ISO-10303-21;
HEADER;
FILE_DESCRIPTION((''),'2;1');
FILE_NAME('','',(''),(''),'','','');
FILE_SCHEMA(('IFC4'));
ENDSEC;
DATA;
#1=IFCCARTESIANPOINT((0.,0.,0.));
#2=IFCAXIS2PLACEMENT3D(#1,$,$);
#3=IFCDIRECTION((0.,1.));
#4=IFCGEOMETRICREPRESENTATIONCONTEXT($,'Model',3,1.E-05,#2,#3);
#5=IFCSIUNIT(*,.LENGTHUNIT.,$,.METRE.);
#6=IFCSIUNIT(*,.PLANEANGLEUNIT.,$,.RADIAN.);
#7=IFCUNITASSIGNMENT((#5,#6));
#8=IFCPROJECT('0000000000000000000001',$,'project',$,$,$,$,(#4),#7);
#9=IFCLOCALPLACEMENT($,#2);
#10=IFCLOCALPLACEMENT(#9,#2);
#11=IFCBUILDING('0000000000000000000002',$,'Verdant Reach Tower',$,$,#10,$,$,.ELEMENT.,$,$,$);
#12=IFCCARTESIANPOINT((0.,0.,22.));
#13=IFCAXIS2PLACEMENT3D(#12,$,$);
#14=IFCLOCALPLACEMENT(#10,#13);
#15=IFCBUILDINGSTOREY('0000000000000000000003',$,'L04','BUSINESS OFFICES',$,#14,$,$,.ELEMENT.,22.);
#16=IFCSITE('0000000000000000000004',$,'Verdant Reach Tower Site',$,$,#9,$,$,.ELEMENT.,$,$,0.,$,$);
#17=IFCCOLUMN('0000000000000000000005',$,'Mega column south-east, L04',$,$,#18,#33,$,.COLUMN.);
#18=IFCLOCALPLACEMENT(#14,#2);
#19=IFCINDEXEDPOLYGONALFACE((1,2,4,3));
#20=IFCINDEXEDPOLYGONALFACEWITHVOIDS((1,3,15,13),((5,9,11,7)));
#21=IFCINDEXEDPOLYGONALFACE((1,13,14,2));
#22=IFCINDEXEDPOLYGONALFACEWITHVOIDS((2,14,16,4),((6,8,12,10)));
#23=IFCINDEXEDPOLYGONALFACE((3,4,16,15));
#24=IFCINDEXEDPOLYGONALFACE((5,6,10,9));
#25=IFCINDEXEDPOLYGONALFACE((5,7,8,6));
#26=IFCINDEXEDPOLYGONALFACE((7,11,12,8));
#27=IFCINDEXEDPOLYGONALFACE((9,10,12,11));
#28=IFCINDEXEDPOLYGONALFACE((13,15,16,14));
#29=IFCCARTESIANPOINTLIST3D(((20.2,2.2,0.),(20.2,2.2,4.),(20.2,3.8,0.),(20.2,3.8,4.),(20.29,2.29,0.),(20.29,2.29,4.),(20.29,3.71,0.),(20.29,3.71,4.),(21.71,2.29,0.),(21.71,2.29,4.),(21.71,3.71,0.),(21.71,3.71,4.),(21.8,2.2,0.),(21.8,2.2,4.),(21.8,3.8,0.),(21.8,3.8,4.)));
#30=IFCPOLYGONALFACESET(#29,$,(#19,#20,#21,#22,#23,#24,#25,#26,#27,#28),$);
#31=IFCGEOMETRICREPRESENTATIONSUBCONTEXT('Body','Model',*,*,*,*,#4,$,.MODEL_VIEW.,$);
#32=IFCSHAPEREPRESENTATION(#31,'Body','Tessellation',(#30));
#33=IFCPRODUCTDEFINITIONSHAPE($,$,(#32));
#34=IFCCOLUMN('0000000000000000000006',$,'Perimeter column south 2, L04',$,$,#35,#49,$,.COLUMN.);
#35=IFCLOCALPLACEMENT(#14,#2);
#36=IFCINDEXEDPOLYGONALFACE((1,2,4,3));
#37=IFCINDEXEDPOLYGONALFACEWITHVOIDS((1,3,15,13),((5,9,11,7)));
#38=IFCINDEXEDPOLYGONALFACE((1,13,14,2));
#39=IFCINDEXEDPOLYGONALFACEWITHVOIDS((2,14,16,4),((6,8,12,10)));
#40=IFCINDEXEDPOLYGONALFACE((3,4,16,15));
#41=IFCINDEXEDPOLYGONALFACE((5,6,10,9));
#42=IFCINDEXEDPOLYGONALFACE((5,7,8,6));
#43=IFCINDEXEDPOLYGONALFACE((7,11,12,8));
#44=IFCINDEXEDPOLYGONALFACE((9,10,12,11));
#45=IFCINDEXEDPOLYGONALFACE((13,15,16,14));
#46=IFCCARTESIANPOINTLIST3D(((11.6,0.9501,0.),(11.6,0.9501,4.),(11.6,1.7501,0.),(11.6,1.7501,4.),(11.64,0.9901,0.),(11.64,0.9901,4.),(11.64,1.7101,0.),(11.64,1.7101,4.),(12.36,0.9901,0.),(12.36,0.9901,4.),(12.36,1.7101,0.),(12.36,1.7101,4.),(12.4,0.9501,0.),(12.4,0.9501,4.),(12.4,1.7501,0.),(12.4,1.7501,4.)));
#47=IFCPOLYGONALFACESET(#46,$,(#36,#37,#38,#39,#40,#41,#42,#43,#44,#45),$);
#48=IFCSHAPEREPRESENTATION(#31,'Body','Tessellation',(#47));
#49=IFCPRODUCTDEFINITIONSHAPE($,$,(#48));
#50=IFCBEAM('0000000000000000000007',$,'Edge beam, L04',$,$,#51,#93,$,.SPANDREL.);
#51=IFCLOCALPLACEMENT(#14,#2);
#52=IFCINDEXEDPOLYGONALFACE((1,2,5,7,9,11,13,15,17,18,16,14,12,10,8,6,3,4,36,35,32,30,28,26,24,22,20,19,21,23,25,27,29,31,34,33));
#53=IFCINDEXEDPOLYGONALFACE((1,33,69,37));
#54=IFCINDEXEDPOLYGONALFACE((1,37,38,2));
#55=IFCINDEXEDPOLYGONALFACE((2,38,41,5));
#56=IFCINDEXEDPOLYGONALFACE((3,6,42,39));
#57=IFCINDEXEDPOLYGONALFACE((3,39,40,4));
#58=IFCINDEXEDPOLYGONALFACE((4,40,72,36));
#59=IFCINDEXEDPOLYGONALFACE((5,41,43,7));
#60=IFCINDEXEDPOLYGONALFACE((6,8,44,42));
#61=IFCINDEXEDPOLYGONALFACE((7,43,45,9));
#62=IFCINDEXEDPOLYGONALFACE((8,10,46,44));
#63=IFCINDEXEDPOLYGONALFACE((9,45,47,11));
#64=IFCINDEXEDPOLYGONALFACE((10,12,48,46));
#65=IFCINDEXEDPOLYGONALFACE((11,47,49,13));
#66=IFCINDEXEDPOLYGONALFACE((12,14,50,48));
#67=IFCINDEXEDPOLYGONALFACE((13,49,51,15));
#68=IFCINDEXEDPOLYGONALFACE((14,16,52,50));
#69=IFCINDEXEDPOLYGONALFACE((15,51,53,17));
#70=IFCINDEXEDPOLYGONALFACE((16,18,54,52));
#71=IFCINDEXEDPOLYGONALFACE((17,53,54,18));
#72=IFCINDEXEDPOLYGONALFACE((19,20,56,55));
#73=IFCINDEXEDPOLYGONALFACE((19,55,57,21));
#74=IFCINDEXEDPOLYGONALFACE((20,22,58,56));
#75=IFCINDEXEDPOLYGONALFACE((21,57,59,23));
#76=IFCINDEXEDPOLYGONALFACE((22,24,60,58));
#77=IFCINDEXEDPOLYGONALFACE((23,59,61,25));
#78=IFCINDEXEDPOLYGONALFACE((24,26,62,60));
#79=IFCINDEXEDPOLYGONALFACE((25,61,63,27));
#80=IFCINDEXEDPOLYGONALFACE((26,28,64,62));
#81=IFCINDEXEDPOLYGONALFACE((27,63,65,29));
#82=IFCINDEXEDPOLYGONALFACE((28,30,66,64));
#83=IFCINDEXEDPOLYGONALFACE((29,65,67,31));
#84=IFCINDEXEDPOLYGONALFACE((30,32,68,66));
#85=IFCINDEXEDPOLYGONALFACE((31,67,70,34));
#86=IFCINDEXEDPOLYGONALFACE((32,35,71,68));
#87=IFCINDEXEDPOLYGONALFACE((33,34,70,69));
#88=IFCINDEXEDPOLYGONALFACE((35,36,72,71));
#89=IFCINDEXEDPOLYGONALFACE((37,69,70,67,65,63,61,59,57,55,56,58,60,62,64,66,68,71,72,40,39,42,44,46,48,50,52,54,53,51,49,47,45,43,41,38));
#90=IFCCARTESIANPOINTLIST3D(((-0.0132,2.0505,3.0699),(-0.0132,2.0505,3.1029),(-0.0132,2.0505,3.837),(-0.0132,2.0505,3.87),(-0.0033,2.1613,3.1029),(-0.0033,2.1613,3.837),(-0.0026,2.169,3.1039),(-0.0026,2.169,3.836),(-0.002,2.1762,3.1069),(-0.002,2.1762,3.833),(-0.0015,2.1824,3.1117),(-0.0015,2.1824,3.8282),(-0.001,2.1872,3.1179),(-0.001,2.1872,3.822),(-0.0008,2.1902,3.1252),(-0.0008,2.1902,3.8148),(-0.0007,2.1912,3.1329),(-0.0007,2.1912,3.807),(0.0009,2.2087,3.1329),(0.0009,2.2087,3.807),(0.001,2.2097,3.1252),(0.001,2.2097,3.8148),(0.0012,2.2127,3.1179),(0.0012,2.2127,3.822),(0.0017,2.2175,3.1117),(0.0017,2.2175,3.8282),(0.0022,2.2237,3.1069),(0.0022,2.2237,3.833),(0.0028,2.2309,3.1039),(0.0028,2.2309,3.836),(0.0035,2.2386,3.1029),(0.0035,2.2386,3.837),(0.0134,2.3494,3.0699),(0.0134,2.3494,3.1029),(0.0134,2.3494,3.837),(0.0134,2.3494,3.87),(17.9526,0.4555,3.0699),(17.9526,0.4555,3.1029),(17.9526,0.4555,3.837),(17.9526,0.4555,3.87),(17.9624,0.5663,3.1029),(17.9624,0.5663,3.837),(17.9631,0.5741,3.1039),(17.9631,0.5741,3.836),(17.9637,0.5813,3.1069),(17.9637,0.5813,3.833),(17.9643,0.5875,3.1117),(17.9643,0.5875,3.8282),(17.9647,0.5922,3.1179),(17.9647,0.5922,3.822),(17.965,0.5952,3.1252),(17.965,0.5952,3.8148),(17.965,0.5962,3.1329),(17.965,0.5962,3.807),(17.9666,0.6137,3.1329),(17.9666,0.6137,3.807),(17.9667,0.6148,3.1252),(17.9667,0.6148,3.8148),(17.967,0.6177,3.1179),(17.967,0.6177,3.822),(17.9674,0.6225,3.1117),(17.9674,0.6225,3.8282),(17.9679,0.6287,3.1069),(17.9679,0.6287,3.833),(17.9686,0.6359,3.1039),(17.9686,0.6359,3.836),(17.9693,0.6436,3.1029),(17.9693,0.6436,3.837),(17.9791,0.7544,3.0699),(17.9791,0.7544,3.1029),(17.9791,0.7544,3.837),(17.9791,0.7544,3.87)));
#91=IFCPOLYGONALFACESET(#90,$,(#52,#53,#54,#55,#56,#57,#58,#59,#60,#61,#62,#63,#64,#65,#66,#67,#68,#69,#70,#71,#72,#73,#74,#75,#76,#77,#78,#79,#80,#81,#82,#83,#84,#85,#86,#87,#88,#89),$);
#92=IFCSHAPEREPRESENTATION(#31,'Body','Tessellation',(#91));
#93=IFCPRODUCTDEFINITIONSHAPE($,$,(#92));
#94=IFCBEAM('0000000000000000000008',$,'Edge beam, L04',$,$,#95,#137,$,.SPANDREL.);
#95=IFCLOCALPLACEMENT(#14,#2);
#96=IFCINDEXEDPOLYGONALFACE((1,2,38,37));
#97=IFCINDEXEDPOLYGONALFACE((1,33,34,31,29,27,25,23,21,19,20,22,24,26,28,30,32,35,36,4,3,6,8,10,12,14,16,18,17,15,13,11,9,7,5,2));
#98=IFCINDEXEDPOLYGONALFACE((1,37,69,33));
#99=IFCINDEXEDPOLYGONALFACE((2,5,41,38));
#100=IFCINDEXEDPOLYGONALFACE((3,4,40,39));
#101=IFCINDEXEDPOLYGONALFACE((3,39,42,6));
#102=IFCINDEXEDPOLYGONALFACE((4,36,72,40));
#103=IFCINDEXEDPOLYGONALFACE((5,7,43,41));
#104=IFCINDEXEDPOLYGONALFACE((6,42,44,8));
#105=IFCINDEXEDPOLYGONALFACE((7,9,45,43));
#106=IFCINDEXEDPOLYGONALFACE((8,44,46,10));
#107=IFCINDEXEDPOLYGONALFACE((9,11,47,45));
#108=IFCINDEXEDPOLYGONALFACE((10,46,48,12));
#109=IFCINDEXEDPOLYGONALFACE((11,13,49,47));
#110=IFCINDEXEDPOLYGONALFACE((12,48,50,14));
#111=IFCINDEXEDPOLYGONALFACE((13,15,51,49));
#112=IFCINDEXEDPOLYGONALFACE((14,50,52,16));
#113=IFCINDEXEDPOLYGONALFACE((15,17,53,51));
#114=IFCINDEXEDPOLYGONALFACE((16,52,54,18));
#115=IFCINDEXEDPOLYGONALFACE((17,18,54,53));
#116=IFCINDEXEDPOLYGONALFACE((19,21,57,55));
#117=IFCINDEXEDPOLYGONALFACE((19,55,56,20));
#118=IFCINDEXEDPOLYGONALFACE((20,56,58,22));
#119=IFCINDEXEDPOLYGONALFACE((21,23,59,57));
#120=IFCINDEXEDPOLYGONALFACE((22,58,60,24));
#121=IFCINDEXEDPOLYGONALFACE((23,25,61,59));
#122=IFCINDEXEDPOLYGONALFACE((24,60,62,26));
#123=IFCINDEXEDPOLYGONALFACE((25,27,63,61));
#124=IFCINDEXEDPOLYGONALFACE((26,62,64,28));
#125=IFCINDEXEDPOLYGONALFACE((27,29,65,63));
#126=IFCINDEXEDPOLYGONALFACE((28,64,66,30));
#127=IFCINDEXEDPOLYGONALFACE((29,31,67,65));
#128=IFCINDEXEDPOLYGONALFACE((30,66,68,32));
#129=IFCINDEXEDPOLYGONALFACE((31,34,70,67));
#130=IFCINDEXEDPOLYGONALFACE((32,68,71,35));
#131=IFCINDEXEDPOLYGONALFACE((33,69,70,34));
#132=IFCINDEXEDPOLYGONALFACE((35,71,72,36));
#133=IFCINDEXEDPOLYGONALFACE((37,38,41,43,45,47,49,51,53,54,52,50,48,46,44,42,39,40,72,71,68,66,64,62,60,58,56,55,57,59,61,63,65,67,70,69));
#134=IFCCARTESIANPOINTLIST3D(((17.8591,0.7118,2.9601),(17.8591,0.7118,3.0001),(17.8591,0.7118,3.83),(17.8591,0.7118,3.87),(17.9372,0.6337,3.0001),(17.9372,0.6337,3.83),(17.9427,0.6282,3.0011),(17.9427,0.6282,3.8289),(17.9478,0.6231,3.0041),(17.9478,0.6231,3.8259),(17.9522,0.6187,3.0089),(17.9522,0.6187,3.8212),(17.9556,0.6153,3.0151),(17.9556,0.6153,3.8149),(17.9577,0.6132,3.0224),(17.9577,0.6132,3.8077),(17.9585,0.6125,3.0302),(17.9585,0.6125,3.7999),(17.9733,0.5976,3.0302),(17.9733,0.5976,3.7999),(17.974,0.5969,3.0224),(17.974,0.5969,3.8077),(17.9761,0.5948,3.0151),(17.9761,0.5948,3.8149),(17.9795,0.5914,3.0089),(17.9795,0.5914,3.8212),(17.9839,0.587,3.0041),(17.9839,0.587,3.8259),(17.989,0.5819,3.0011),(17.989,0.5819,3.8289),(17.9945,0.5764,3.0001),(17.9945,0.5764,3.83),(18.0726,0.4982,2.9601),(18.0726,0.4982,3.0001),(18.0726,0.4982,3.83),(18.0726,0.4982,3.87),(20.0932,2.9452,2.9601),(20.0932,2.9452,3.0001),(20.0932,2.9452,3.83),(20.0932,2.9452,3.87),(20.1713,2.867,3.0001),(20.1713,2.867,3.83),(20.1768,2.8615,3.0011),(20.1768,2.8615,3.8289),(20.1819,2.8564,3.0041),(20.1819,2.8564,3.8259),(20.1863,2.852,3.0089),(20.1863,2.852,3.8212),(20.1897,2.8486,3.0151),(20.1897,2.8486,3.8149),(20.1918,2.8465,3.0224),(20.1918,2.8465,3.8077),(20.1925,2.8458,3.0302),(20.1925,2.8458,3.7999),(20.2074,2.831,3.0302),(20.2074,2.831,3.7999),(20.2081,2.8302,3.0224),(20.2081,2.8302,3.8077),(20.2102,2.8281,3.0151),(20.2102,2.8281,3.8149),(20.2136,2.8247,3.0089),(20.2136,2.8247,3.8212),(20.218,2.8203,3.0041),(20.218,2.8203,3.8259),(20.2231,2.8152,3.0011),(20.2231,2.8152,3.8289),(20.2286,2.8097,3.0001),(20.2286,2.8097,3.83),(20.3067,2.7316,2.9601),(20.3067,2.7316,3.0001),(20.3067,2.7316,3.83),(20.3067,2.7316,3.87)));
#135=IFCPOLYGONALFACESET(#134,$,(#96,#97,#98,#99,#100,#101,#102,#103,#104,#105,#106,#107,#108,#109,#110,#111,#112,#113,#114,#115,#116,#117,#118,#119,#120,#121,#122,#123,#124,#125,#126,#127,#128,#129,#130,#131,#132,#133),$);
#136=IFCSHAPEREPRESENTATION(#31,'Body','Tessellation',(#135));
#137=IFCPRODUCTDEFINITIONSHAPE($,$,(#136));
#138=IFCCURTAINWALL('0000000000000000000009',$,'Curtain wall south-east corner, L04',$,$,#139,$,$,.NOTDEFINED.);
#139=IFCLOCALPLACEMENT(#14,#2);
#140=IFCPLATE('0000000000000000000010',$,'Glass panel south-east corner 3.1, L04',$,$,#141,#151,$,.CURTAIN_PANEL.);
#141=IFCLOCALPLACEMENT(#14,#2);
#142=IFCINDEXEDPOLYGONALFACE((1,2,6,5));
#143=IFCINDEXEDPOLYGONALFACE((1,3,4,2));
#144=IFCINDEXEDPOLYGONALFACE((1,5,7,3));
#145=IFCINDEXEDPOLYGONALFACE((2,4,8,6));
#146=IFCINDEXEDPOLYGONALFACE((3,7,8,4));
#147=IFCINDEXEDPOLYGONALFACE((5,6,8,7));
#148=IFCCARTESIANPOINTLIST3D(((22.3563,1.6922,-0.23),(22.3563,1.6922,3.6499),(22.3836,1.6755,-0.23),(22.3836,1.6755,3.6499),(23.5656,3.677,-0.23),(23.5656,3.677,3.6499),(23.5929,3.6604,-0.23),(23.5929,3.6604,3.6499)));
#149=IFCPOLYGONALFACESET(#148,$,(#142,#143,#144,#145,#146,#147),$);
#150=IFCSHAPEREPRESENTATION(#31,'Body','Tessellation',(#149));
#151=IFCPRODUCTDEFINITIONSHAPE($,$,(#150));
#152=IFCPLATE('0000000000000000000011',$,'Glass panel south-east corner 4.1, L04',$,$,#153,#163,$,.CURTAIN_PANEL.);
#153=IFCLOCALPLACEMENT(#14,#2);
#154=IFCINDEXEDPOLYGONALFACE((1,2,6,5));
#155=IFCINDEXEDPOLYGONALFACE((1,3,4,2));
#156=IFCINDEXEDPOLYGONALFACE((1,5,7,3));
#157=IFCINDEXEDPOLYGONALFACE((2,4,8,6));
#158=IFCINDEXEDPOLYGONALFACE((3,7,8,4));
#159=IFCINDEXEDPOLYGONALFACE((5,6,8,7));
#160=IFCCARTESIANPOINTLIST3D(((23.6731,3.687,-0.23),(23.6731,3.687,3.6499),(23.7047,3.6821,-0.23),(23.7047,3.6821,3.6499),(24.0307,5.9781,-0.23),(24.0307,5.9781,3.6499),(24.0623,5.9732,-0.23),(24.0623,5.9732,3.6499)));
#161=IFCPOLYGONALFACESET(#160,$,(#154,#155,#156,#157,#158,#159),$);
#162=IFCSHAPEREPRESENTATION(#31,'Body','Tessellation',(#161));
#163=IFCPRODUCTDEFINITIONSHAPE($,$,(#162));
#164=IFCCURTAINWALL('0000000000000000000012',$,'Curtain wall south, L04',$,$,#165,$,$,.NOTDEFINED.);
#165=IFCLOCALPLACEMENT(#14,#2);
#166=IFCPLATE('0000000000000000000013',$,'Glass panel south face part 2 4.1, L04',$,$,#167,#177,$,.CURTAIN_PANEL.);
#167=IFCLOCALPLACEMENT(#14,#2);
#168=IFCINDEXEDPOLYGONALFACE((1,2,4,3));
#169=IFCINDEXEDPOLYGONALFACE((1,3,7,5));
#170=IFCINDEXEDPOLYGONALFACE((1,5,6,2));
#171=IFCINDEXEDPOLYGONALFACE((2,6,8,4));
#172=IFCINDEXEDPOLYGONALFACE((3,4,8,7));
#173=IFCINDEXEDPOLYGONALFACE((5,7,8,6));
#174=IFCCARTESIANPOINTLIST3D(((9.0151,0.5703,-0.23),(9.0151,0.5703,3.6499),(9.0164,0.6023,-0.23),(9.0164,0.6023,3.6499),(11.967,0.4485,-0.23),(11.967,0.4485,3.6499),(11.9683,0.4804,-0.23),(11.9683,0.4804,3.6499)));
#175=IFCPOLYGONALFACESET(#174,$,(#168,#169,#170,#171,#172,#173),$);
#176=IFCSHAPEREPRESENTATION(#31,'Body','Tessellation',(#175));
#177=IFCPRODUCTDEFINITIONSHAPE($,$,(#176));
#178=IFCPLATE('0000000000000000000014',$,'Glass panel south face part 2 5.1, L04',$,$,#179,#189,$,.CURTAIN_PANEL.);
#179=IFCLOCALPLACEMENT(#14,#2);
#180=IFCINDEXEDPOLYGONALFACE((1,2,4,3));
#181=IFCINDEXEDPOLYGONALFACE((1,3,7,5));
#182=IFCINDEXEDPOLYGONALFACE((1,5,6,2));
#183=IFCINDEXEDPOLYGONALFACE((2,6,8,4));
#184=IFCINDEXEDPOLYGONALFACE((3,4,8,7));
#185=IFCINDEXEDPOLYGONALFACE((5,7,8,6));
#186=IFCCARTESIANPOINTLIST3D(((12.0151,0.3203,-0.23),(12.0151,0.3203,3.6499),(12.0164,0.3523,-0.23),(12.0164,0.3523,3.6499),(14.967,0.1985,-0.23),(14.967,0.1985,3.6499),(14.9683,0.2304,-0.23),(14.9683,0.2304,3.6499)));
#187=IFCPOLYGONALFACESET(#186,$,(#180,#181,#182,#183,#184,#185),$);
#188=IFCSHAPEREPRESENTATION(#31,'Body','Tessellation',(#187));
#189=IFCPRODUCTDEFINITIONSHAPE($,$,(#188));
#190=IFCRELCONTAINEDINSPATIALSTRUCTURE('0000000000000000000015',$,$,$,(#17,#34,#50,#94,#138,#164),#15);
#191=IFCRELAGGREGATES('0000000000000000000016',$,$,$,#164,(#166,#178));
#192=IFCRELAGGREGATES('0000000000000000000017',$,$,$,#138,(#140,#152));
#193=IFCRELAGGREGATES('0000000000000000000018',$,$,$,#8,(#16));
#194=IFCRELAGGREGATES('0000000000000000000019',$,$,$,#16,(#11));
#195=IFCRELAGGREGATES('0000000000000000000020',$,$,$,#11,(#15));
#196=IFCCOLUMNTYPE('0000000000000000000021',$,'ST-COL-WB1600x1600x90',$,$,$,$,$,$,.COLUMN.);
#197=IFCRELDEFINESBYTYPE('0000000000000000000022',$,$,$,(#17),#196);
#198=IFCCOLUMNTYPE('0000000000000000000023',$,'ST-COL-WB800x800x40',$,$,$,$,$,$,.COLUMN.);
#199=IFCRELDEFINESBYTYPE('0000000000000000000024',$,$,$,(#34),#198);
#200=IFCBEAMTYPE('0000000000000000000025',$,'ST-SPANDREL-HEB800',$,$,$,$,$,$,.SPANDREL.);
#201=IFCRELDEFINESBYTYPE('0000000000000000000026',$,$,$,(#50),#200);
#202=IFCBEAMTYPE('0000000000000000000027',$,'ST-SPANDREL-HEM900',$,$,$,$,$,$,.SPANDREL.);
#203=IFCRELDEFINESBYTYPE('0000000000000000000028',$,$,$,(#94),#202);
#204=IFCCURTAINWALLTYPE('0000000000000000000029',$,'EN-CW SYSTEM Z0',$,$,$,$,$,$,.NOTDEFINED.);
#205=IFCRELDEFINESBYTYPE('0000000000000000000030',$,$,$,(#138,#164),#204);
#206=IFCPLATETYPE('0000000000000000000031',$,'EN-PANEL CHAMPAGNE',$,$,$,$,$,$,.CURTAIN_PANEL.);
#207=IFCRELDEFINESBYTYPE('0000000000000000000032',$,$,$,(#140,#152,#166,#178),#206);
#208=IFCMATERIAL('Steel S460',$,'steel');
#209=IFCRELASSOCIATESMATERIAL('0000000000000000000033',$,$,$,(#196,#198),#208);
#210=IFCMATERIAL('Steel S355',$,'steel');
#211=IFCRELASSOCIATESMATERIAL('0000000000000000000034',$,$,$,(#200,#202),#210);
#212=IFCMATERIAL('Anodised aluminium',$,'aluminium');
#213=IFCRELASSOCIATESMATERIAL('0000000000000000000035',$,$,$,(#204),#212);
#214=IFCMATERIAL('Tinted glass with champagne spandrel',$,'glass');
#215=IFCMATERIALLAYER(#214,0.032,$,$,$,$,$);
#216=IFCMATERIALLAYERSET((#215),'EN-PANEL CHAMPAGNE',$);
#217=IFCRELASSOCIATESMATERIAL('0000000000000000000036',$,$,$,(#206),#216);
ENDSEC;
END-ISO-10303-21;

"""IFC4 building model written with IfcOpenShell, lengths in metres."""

from ifc_helpers import new_model, si_unit, direction, frame, origin, origin_2d, place, context, subcontext, project, spatial, rectangle, hollow_rectangle, i_section, extrude, material, layer, layer_set, material_profile, profile_set, type_object, element, aggregate, save


model = new_model("IFC4")

# Units and contexts
model_context = context("Model", 3, precision=1e-05, world=origin(), true_north=direction((0.0, 1.0)))
body_context = subcontext(model_context, "Body", "Model", "MODEL_VIEW")
ifc_project = project(units=[si_unit("LENGTHUNIT", "METRE"), si_unit("PLANEANGLEUNIT", "RADIAN")], contexts=[model_context])

# Site, building, storey
site_placement = place(None, origin())
site = spatial("IfcSite", under=ifc_project, at=site_placement, Name="Verdant Reach Tower Site", CompositionType="ELEMENT", RefElevation=0.0)
building_placement = place(site_placement, origin())
building = spatial("IfcBuilding", under=site, at=building_placement, Name="Verdant Reach Tower", CompositionType="ELEMENT")
storey_placement = place(building_placement, frame((0.0, 0.0, 22.0)))
storey = spatial("IfcBuildingStorey", under=building, at=storey_placement, Name="L04", Description="BUSINESS OFFICES", CompositionType="ELEMENT", Elevation=22.0)

# Columns
ifc_material_1 = material(Name="Steel S460", Category="steel")
ifc_material_profile_1 = material_profile(ifc_material_1, hollow_rectangle(XDim=1.6001, YDim=1.6001, WallThickness=0.0901, at=origin_2d()), Name="WB 1600x1600x90")
ifc_profile_set_1 = profile_set([ifc_material_profile_1], Name="Steel S460")
column_type_1 = type_object("IfcColumnType", Name="ST-COL-WB1600x1600x90", PredefinedType="COLUMN", material=ifc_profile_set_1)
column_1_placement = place(storey_placement, frame((21.0, 3.0, 0.0), z_axis=(0.0, 0.0, 1.0), x_axis=(1.0, 0.0, 0.0)))
element("IfcColumn", 1, at=column_1_placement, inside=storey, type_object=column_type_1, Name="Mega column south-east, L04", PredefinedType="COLUMN", context=body_context, shape_type="SweptSolid", body=[
    extrude(hollow_rectangle(XDim=1.6001, YDim=1.6001, WallThickness=0.0901, at=origin_2d()), origin(), (0.0, 0.0, 1.0), 4.0),
])
ifc_material_profile_2 = material_profile(ifc_material_1, hollow_rectangle(XDim=0.8, YDim=0.8, WallThickness=0.04, at=origin_2d()), Name="WB 800x800x40")
ifc_profile_set_2 = profile_set([ifc_material_profile_2], Name="Steel S460")
column_type_2 = type_object("IfcColumnType", Name="ST-COL-WB800x800x40", PredefinedType="COLUMN", material=ifc_profile_set_2)
column_2_placement = place(storey_placement, frame((12.0, 1.3501, 0.0), z_axis=(0.0, 0.0, 1.0), x_axis=(1.0, 0.0, 0.0)))
element("IfcColumn", 2, at=column_2_placement, inside=storey, type_object=column_type_2, Name="Perimeter column south 2, L04", PredefinedType="COLUMN", context=body_context, shape_type="SweptSolid", body=[
    extrude(hollow_rectangle(XDim=0.8, YDim=0.8, WallThickness=0.04, at=origin_2d()), origin(), (0.0, 0.0, 1.0), 4.0),
])

# Beams
ifc_material_2 = material(Name="Steel S355", Category="steel")
ifc_material_profile_3 = material_profile(ifc_material_2, i_section(OverallWidth=0.3, OverallDepth=0.8, WebThickness=0.0176, FlangeThickness=0.033, FilletRadius=0.03, at=origin_2d()), Name="HEB 800")
ifc_profile_set_3 = profile_set([ifc_material_profile_3], Name="Steel S355")
beam_type_1 = type_object("IfcBeamType", Name="ST-SPANDREL-HEB800", PredefinedType="SPANDREL", material=ifc_profile_set_3)
beam_1_placement = place(storey_placement, frame((17.9658, 0.605, 3.47), z_axis=(-0.996082, 0.08843, 0.0), x_axis=(-0.08843, -0.996082, 0.0)))
element("IfcBeam", 3, at=beam_1_placement, inside=storey, type_object=beam_type_1, Name="Edge beam, L04", PredefinedType="SPANDREL", context=body_context, shape_type="SweptSolid", body=[
    extrude(i_section(OverallWidth=0.3, OverallDepth=0.8, WebThickness=0.0176, FlangeThickness=0.033, FilletRadius=0.03, at=origin_2d()), origin(), (0.0, 0.0, 1.0), 18.0364),
])
ifc_material_profile_4 = material_profile(ifc_material_2, i_section(OverallWidth=0.302, OverallDepth=0.9099, WebThickness=0.021, FlangeThickness=0.04, FilletRadius=0.03, at=origin_2d()), Name="HEM 900")
ifc_profile_set_4 = profile_set([ifc_material_profile_4], Name="Steel S355")
beam_type_2 = type_object("IfcBeamType", Name="ST-SPANDREL-HEM900", PredefinedType="SPANDREL", material=ifc_profile_set_4)
beam_2_placement = place(storey_placement, frame((20.2, 2.8384, 3.415), z_axis=(-0.707223, -0.706991, 0.0), x_axis=(0.706991, -0.707223, 0.0)))
element("IfcBeam", 4, at=beam_2_placement, inside=storey, type_object=beam_type_2, Name="Edge beam, L04", PredefinedType="SPANDREL", context=body_context, shape_type="SweptSolid", body=[
    extrude(i_section(OverallWidth=0.302, OverallDepth=0.9099, WebThickness=0.021, FlangeThickness=0.04, FilletRadius=0.03, at=origin_2d()), origin(), (0.0, 0.0, 1.0), 3.1589),
])

# Curtain walls, plates
ifc_material_3 = material(Name="Anodised aluminium", Category="aluminium")
curtain_wall_type = type_object("IfcCurtainWallType", Name="EN-CW SYSTEM Z0", PredefinedType="NOTDEFINED", material=ifc_material_3)
curtain_wall_1_placement = place(storey_placement, origin())
curtain_wall_1 = element("IfcCurtainWall", 5, at=curtain_wall_1_placement, inside=storey, type_object=curtain_wall_type, Name="Curtain wall south-east corner, L04", PredefinedType="NOTDEFINED")
ifc_material_4 = material(Name="Tinted glass with champagne spandrel", Category="glass")
ifc_layer_1 = layer(ifc_material_4, 0.032)
ifc_layer_set_1 = layer_set([ifc_layer_1], Name="EN-PANEL CHAMPAGNE")
plate_type_1 = type_object("IfcPlateType", Name="EN-PANEL CHAMPAGNE", PredefinedType="CURTAIN_PANEL", material=ifc_layer_set_1)
plate_1_placement = place(storey_placement, frame((22.9746, 2.6763, -0.23), z_axis=(0.0, 0.0, 1.0), x_axis=(0.520292, 0.853989, 0.0)))
plate_1 = element("IfcPlate", 6, at=plate_1_placement, type_object=plate_type_1, Name="Glass panel south-east corner 3.1, L04", PredefinedType="CURTAIN_PANEL", context=body_context, shape_type="SweptSolid", body=[
    extrude(rectangle(XDim=2.3242, YDim=0.032, at=origin_2d()), origin(), (0.0, 0.0, 1.0), 3.8799),
])
plate_2_placement = place(storey_placement, frame((23.8677, 4.8301, -0.23), z_axis=(0.0, 0.0, 1.0), x_axis=(0.154211, 0.988038, 0.0)))
plate_2 = element("IfcPlate", 7, at=plate_2_placement, type_object=plate_type_1, Name="Glass panel south-east corner 4.1, L04", PredefinedType="CURTAIN_PANEL", context=body_context, shape_type="SweptSolid", body=[
    extrude(rectangle(XDim=2.3188, YDim=0.032, at=origin_2d()), origin(), (0.0, 0.0, 1.0), 3.8799),
])
curtain_wall_2_placement = place(storey_placement, origin())
curtain_wall_2 = element("IfcCurtainWall", 8, at=curtain_wall_2_placement, inside=storey, type_object=curtain_wall_type, Name="Curtain wall south, L04", PredefinedType="NOTDEFINED")
plate_3_placement = place(storey_placement, frame((10.4917, 0.5254, -0.23), z_axis=(0.0, 0.0, 1.0), x_axis=(0.999149, -0.041242, 0.0)))
plate_3 = element("IfcPlate", 9, at=plate_3_placement, type_object=plate_type_1, Name="Glass panel south face part 2 4.1, L04", PredefinedType="CURTAIN_PANEL", context=body_context, shape_type="SweptSolid", body=[
    extrude(rectangle(XDim=2.9543, YDim=0.032, at=origin_2d()), origin(), (0.0, 0.0, 1.0), 3.8799),
])
plate_4_placement = place(storey_placement, frame((13.4917, 0.2754, -0.23), z_axis=(0.0, 0.0, 1.0), x_axis=(0.999149, -0.041242, 0.0)))
plate_4 = element("IfcPlate", 10, at=plate_4_placement, type_object=plate_type_1, Name="Glass panel south face part 2 5.1, L04", PredefinedType="CURTAIN_PANEL", context=body_context, shape_type="SweptSolid", body=[
    extrude(rectangle(XDim=2.9543, YDim=0.032, at=origin_2d()), origin(), (0.0, 0.0, 1.0), 3.8799),
])
aggregate(curtain_wall_2, [plate_3, plate_4])

aggregate(curtain_wall_1, [plate_1, plate_2])

save(model, "model.ifc")
